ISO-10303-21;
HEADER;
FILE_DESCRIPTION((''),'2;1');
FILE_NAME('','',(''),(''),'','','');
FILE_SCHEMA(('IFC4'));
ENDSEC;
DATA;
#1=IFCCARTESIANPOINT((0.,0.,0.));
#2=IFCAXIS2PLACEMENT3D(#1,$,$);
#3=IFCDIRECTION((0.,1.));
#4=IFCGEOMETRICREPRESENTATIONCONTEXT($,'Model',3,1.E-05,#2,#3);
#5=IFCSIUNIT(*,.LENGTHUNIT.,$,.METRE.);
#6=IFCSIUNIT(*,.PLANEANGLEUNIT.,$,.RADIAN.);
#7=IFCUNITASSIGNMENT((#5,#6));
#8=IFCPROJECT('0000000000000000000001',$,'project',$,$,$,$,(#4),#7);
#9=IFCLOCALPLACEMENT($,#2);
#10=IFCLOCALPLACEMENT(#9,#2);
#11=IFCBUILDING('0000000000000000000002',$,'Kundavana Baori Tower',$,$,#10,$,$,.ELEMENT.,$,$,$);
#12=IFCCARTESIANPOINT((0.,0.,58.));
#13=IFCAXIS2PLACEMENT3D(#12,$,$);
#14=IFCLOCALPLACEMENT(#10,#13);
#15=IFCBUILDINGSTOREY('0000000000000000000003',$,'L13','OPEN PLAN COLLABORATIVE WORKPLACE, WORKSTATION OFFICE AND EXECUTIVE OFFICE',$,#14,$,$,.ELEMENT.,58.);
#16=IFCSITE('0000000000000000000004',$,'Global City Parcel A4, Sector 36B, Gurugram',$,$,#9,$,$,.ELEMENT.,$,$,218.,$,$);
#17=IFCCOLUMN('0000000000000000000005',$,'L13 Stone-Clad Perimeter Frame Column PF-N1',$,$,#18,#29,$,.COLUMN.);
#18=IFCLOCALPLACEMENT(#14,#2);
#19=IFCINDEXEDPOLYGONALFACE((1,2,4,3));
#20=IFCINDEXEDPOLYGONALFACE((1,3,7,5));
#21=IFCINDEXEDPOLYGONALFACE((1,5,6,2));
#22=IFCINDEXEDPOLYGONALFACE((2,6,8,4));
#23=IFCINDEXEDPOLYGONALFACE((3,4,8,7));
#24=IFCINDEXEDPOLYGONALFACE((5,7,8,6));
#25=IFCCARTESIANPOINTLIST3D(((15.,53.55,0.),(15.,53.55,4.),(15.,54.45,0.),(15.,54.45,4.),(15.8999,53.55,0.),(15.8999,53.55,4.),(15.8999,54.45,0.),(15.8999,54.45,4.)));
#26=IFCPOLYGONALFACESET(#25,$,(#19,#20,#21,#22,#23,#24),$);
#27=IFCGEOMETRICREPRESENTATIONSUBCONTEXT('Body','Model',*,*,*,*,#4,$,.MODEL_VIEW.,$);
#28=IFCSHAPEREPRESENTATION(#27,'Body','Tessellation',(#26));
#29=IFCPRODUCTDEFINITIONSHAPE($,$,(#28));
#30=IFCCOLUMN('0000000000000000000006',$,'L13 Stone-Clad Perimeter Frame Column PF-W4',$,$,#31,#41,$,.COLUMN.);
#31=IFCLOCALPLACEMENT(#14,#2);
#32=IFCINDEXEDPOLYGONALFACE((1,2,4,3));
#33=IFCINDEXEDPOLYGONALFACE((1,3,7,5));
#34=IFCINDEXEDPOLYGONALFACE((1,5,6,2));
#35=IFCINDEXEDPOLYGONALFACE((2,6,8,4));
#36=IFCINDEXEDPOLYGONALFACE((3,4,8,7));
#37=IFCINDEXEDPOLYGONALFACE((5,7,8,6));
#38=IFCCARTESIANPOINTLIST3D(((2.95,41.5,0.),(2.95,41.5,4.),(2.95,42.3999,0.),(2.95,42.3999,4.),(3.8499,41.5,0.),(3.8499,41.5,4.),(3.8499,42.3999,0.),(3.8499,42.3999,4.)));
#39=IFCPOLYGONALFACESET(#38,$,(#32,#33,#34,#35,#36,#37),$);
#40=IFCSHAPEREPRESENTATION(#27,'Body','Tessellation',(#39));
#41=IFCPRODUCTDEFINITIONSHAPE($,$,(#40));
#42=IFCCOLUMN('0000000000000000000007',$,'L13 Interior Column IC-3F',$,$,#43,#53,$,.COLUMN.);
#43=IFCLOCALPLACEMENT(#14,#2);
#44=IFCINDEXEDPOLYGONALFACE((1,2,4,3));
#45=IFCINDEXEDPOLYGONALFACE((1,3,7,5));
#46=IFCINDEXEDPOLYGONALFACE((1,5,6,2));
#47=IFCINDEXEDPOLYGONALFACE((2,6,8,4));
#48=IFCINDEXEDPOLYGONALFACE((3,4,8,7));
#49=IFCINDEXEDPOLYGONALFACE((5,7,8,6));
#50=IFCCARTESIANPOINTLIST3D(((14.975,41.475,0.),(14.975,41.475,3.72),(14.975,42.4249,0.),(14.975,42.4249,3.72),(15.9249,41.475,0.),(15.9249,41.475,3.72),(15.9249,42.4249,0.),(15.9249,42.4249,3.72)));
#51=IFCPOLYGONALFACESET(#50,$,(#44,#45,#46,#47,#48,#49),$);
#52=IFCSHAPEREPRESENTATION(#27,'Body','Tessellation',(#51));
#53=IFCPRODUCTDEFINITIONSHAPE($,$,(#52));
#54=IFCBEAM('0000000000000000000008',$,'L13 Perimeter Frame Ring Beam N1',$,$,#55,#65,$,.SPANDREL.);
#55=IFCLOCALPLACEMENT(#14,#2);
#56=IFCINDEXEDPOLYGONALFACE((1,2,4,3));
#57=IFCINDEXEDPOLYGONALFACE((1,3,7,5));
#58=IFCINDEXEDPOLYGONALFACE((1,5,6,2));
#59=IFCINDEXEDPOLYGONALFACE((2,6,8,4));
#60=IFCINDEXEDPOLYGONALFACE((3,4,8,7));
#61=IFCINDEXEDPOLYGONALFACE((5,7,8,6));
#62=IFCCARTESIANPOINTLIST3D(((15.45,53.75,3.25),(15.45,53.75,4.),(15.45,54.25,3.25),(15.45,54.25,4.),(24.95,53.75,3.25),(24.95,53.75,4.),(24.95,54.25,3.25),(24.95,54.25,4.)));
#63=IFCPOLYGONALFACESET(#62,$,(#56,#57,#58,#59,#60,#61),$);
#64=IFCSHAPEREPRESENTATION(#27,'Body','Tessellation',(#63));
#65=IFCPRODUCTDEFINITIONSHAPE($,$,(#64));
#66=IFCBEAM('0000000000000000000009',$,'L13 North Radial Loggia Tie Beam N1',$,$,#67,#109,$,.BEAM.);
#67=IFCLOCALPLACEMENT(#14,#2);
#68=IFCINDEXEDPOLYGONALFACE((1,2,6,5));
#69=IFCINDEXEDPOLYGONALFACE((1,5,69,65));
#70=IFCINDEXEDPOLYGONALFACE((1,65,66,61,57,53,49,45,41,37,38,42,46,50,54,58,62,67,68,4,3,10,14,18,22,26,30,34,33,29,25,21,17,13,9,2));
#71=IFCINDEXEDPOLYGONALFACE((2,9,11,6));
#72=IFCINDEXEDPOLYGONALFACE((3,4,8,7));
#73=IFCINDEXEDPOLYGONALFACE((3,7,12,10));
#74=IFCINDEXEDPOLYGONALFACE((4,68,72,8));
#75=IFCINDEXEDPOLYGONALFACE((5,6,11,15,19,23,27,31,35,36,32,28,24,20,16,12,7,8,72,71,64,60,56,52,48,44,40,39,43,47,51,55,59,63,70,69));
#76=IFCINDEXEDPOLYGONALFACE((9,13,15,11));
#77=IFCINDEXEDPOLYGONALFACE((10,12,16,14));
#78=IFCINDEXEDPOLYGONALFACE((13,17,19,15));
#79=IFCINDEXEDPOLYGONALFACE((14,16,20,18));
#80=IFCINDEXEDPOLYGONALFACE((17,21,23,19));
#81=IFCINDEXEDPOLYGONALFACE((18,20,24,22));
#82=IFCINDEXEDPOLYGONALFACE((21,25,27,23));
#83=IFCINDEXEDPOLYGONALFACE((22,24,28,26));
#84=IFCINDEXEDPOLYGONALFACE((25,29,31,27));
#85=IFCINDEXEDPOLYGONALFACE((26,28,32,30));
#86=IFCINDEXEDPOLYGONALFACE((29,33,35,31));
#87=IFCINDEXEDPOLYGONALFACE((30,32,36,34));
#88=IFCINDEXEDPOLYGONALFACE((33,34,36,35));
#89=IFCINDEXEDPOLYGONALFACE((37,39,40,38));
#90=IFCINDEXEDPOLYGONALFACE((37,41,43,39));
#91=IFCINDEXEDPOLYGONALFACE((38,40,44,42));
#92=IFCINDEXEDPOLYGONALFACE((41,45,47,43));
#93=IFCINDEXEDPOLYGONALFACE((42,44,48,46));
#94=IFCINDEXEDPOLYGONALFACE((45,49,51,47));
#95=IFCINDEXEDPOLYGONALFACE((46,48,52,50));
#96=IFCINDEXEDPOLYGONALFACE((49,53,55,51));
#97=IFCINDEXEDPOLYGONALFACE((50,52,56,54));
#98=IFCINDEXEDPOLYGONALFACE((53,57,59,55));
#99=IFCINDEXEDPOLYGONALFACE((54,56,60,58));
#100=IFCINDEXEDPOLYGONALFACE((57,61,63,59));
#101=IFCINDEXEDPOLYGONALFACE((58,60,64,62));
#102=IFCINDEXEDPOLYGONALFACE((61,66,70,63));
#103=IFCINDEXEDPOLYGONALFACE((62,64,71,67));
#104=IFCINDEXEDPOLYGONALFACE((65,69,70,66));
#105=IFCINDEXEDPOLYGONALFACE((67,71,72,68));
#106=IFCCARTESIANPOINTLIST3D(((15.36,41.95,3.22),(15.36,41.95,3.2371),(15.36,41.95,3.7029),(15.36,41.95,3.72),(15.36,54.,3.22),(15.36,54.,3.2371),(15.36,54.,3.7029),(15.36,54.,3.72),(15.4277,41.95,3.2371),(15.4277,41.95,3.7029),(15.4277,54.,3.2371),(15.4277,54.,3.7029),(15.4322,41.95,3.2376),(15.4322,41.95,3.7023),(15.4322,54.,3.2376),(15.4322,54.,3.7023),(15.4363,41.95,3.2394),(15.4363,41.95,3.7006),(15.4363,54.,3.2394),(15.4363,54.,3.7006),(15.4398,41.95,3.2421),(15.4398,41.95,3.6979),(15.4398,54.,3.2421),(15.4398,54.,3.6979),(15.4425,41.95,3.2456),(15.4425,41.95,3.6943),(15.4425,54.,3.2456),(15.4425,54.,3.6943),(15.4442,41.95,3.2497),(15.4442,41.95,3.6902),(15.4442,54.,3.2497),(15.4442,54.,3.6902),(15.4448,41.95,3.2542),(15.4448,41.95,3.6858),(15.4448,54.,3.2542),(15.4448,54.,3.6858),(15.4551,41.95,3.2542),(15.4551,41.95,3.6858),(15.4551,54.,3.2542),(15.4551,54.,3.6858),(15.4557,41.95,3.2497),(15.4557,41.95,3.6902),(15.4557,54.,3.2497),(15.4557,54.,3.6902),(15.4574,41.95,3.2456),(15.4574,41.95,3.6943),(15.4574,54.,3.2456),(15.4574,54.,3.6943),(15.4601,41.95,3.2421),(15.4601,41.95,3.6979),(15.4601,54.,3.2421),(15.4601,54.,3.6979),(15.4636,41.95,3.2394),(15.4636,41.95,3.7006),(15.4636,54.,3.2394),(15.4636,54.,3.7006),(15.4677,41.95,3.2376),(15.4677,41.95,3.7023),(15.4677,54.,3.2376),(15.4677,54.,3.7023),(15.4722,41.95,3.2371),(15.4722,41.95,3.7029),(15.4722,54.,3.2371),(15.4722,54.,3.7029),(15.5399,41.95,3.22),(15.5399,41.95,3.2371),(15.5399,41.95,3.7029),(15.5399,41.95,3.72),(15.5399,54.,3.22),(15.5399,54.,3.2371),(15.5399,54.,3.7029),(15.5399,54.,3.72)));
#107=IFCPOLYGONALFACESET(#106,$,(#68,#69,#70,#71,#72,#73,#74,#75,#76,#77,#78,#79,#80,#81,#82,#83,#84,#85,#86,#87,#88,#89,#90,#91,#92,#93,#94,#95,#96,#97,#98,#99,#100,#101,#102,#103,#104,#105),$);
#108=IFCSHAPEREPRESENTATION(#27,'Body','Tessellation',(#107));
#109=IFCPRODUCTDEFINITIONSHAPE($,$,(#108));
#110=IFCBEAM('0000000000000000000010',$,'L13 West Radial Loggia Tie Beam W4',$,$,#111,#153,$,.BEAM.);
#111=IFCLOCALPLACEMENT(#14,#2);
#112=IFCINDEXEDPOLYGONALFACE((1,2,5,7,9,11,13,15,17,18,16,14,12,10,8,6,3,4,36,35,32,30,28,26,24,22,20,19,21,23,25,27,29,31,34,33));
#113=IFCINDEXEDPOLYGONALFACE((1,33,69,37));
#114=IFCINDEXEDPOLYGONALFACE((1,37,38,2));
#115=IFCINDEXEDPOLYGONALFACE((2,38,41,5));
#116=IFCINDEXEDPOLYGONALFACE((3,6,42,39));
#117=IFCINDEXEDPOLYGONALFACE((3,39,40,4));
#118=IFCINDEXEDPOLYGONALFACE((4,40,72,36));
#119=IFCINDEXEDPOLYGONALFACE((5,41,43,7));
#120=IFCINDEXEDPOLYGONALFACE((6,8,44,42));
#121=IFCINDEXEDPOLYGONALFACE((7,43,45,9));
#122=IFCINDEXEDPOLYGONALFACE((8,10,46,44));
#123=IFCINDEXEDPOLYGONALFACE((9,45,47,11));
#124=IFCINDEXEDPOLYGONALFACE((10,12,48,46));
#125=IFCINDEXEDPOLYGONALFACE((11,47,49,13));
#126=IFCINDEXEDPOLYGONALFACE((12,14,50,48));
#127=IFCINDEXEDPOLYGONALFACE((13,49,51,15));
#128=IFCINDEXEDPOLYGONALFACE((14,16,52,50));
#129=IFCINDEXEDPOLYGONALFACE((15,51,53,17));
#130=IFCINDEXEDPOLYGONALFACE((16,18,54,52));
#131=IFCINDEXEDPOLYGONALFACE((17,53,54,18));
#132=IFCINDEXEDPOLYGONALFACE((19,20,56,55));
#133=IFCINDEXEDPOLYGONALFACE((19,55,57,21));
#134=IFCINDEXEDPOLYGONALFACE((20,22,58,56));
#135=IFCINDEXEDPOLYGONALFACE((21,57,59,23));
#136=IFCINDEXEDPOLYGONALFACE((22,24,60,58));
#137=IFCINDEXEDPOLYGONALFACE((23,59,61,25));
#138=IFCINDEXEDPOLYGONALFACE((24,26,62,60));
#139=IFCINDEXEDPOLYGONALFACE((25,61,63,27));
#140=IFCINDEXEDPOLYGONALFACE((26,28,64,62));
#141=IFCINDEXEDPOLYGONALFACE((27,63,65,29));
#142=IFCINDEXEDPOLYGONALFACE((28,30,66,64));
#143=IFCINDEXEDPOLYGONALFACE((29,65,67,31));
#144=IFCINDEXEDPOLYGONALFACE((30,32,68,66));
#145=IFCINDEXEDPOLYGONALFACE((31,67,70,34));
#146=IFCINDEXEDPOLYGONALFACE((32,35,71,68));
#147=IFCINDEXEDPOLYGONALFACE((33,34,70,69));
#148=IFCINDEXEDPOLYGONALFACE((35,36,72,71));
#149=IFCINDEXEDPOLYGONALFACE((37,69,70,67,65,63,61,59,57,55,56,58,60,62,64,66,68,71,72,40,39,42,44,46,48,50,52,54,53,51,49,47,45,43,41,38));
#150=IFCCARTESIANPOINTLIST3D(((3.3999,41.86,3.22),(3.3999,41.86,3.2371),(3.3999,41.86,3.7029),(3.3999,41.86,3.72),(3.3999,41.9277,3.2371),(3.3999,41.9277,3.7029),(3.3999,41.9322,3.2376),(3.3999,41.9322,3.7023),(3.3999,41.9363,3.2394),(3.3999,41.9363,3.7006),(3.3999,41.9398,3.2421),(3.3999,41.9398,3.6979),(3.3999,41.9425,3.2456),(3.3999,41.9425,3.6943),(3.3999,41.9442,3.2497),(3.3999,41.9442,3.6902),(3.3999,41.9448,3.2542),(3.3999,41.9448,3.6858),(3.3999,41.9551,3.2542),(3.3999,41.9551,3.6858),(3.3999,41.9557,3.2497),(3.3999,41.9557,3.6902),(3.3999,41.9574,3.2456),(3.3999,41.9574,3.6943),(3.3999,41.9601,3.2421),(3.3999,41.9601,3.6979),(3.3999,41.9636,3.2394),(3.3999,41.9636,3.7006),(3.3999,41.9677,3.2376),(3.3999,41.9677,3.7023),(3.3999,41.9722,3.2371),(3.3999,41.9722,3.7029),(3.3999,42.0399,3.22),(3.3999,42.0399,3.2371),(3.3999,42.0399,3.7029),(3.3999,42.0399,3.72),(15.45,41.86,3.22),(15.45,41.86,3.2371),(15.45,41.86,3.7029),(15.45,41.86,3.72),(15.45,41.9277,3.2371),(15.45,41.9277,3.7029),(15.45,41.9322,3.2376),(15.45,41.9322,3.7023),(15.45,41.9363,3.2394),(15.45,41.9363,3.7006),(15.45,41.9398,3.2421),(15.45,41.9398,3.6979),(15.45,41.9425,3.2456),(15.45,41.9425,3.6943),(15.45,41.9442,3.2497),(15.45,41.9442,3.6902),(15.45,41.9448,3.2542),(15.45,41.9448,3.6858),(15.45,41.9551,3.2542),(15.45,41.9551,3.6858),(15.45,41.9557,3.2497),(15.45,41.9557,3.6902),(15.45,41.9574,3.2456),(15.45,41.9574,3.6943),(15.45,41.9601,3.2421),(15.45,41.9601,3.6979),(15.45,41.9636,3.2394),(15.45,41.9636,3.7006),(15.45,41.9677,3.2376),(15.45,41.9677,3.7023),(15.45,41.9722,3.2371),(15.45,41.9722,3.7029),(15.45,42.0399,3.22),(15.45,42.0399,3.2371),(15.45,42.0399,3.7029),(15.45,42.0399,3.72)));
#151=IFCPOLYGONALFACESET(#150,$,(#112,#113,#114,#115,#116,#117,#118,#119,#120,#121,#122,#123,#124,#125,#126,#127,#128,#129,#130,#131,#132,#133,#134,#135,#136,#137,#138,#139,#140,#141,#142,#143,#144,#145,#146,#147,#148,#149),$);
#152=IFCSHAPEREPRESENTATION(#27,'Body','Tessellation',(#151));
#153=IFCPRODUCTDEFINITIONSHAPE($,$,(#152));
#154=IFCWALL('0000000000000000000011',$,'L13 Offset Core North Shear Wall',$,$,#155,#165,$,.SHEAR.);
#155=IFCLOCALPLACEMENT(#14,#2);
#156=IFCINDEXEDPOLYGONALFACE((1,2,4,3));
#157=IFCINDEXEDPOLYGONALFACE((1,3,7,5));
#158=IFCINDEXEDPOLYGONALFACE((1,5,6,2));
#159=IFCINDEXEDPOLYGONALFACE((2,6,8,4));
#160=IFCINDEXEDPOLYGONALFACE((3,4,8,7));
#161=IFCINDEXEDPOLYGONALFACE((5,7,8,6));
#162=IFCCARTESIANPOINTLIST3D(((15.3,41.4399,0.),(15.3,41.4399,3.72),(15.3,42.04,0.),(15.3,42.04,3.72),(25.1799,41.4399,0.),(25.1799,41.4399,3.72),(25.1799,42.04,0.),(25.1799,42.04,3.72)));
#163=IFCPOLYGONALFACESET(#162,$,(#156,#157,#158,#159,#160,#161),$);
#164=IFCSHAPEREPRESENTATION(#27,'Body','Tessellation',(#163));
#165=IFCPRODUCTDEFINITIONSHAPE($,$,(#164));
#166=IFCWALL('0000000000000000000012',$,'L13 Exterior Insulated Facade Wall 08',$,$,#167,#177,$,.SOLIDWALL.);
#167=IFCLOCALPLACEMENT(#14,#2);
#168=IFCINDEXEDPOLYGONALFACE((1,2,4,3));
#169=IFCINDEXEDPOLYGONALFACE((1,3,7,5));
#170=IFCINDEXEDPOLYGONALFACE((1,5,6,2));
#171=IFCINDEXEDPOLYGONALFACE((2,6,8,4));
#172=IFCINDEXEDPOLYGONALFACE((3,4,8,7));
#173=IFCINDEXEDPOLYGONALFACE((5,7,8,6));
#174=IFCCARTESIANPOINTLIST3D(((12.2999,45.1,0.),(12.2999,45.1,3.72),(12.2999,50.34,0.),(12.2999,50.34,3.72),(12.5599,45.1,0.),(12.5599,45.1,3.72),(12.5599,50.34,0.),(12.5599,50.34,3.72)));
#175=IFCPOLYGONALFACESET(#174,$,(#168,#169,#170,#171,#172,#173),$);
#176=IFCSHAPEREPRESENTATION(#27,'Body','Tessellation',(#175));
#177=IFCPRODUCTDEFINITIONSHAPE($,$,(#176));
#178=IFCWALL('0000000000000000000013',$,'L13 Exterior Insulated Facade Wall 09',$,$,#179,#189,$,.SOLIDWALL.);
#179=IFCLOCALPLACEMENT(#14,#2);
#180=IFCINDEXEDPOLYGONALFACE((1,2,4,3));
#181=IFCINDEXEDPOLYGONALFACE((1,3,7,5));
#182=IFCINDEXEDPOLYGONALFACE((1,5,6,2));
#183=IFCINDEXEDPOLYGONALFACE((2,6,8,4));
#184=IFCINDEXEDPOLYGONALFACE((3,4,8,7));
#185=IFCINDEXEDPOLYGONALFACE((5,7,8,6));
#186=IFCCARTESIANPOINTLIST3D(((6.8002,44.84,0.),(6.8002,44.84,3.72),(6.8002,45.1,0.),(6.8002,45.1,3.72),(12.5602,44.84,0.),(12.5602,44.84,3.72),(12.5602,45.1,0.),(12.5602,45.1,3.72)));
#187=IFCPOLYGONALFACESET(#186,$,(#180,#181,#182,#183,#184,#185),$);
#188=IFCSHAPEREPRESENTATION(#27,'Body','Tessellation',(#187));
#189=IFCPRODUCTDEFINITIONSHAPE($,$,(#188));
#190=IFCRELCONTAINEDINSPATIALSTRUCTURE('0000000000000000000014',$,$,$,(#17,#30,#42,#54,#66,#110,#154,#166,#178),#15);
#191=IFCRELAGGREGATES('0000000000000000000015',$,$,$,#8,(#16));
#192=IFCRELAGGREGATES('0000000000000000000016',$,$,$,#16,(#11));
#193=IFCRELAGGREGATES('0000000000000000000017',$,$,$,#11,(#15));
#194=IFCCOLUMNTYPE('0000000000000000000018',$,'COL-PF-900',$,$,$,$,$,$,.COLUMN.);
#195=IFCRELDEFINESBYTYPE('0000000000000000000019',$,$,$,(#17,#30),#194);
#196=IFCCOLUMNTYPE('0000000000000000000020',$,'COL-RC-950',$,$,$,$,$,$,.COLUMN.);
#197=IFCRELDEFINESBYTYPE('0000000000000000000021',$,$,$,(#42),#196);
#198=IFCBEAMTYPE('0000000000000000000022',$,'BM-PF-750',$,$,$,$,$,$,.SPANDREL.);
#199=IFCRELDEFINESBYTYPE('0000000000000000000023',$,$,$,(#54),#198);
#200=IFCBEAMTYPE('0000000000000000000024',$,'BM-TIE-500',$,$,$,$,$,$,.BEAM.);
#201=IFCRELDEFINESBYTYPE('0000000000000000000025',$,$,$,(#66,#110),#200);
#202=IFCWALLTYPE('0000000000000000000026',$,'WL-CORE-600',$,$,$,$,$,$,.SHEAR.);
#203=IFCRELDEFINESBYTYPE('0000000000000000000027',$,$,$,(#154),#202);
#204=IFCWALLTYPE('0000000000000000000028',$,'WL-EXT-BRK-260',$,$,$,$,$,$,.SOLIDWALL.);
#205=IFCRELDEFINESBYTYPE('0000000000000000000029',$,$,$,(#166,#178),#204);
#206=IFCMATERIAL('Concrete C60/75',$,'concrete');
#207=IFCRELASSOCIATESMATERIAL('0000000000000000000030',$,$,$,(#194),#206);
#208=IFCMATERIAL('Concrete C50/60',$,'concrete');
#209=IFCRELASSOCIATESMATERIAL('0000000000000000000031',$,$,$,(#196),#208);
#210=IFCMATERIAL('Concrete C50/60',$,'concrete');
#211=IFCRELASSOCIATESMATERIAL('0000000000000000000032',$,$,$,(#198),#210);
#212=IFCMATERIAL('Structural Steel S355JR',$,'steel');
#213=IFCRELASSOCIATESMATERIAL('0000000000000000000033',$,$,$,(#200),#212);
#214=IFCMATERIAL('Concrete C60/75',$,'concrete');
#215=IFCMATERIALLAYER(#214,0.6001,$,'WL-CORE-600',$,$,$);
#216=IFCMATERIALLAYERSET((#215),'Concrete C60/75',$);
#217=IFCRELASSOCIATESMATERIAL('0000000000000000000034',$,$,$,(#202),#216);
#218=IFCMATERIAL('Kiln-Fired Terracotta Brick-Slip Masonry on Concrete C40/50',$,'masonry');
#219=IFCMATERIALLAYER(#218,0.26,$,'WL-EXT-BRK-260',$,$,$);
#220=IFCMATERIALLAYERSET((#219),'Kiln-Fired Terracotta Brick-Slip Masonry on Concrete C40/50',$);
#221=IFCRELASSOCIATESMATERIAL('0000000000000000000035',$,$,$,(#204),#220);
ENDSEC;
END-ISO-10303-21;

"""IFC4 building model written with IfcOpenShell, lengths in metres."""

from ifc_helpers import new_model, si_unit, direction, frame, frame_2d, origin, origin_2d, place, context, subcontext, project, spatial, rectangle, i_section, extrude, material, layer, layer_set, material_profile, profile_set, type_object, element, save


model = new_model("IFC4")

# Units and contexts
model_context = context("Model", 3, precision=1e-05, world=origin(), true_north=direction((0.0, 1.0)))
body_context = subcontext(model_context, "Body", "Model", "MODEL_VIEW")
ifc_project = project(units=[si_unit("LENGTHUNIT", "METRE"), si_unit("PLANEANGLEUNIT", "RADIAN")], contexts=[model_context])

# Site, building, storey
site_placement = place(None, origin())
site = spatial("IfcSite", under=ifc_project, at=site_placement, Name="Global City Parcel A4, Sector 36B, Gurugram", CompositionType="ELEMENT", RefElevation=218.0)
building_placement = place(site_placement, origin())
building = spatial("IfcBuilding", under=site, at=building_placement, Name="Kundavana Baori Tower", CompositionType="ELEMENT")
storey_placement = place(building_placement, frame((0.0, 0.0, 58.0)))
storey = spatial("IfcBuildingStorey", under=building, at=storey_placement, Name="L13", Description="OPEN PLAN COLLABORATIVE WORKPLACE, WORKSTATION OFFICE AND EXECUTIVE OFFICE", CompositionType="ELEMENT", Elevation=58.0)

# Columns
ifc_material_1 = material(Name="Concrete C60/75", Category="concrete")
ifc_material_profile_1 = material_profile(ifc_material_1, rectangle(XDim=0.8999, YDim=0.8999, at=origin_2d()), Name="RC PF 900x900")
ifc_profile_set_1 = profile_set([ifc_material_profile_1], Name="Concrete C60/75")
column_type_1 = type_object("IfcColumnType", Name="COL-PF-900", PredefinedType="COLUMN", material=ifc_profile_set_1)
for number, where, z_axis, x_axis, name in (
    (1, (15.45, 54.0, 0.0), (0.0, 0.0, 1.0), (1.0, 0.0, 0.0), "L13 Stone-Clad Perimeter Frame Column PF-N1"),
    (2, (3.3999, 41.95, 0.0), (0.0, 0.0, 1.0), (1.0, 0.0, 0.0), "L13 Stone-Clad Perimeter Frame Column PF-W4"),
):
    element("IfcColumn", number, at=place(storey_placement, frame(where, z_axis=z_axis, x_axis=x_axis)), inside=storey, type_object=column_type_1, Name=name, PredefinedType="COLUMN", context=body_context, shape_type="SweptSolid", body=[
        extrude(rectangle(XDim=0.8999, YDim=0.8999, at=origin_2d()), origin(), (0.0, 0.0, 1.0), 4.0),
    ])
ifc_material_2 = material(Name="Concrete C50/60", Category="concrete")
ifc_material_profile_2 = material_profile(ifc_material_2, rectangle(XDim=0.95, YDim=0.95, at=origin_2d()), Name="RC 950x950")
ifc_profile_set_2 = profile_set([ifc_material_profile_2], Name="Concrete C50/60")
column_type_2 = type_object("IfcColumnType", Name="COL-RC-950", PredefinedType="COLUMN", material=ifc_profile_set_2)
column_placement = place(storey_placement, frame((15.45, 41.95, 0.0), z_axis=(0.0, 0.0, 1.0), x_axis=(1.0, 0.0, 0.0)))
element("IfcColumn", 3, at=column_placement, inside=storey, type_object=column_type_2, Name="L13 Interior Column IC-3F", PredefinedType="COLUMN", context=body_context, shape_type="SweptSolid", body=[
    extrude(rectangle(XDim=0.95, YDim=0.95, at=origin_2d()), origin(), (0.0, 0.0, 1.0), 3.72),
])

# Beams
ifc_material_3 = material(Name="Concrete C50/60", Category="concrete")
ifc_material_profile_3 = material_profile(ifc_material_3, rectangle(XDim=0.5, YDim=0.75, at=origin_2d()), Name="RC BM 500x750")
ifc_profile_set_3 = profile_set([ifc_material_profile_3], Name="Concrete C50/60")
beam_type_1 = type_object("IfcBeamType", Name="BM-PF-750", PredefinedType="SPANDREL", material=ifc_profile_set_3)
beam_placement = place(storey_placement, frame((15.45, 54.0, 3.625), z_axis=(1.0, 0.0, 0.0), x_axis=(0.0, 1.0, 0.0)))
element("IfcBeam", 4, at=beam_placement, inside=storey, type_object=beam_type_1, Name="L13 Perimeter Frame Ring Beam N1", PredefinedType="SPANDREL", context=body_context, shape_type="SweptSolid", body=[
    extrude(rectangle(XDim=0.5, YDim=0.75, at=origin_2d()), origin(), (0.0, 0.0, 1.0), 9.5),
])
ifc_material_4 = material(Name="Structural Steel S355JR", Category="steel")
ifc_material_profile_4 = material_profile(ifc_material_4, i_section(OverallWidth=0.1799, OverallDepth=0.5, WebThickness=0.0103, FlangeThickness=0.0171, FilletRadius=0.0171, at=origin_2d()), Name="ISMB 500")
ifc_profile_set_4 = profile_set([ifc_material_profile_4], Name="Structural Steel S355JR")
beam_type_2 = type_object("IfcBeamType", Name="BM-TIE-500", PredefinedType="BEAM", material=ifc_profile_set_4)
for number, where, z_axis, x_axis, name in (
    (5, (15.45, 41.95, 3.47), (0.0, 1.0, 0.0), (-1.0, 0.0, 0.0), "L13 North Radial Loggia Tie Beam N1"),
    (6, (15.45, 41.95, 3.47), (-1.0, 0.0, 0.0), (0.0, -1.0, 0.0), "L13 West Radial Loggia Tie Beam W4"),
):
    element("IfcBeam", number, at=place(storey_placement, frame(where, z_axis=z_axis, x_axis=x_axis)), inside=storey, type_object=beam_type_2, Name=name, PredefinedType="BEAM", context=body_context, shape_type="SweptSolid", body=[
        extrude(i_section(OverallWidth=0.1799, OverallDepth=0.5, WebThickness=0.0103, FlangeThickness=0.0171, FilletRadius=0.0171, at=origin_2d()), origin(), (0.0, 0.0, 1.0), 12.05),
    ])

# Walls
ifc_material_5 = material(Name="Concrete C60/75", Category="concrete")
ifc_layer_1 = layer(ifc_material_5, 0.6001, Name="WL-CORE-600")
ifc_layer_set_1 = layer_set([ifc_layer_1], Name="Concrete C60/75")
wall_type_1 = type_object("IfcWallType", Name="WL-CORE-600", PredefinedType="SHEAR", material=ifc_layer_set_1)
wall_1_placement = place(storey_placement, frame((15.3, 41.74, 0.0), z_axis=(0.0, 0.0, 1.0), x_axis=(1.0, 0.0, 0.0)))
element("IfcWall", 7, at=wall_1_placement, inside=storey, type_object=wall_type_1, Name="L13 Offset Core North Shear Wall", PredefinedType="SHEAR", context=body_context, shape_type="SweptSolid", body=[
    extrude(rectangle(XDim=9.8799, YDim=0.6001, at=frame_2d((4.9399, 0.0))), origin(), (0.0, 0.0, 1.0), 3.72),
])
ifc_material_6 = material(Name="Kiln-Fired Terracotta Brick-Slip Masonry on Concrete C40/50", Category="masonry")
ifc_layer_2 = layer(ifc_material_6, 0.26, Name="WL-EXT-BRK-260")
ifc_layer_set_2 = layer_set([ifc_layer_2], Name="Kiln-Fired Terracotta Brick-Slip Masonry on Concrete C40/50")
wall_type_2 = type_object("IfcWallType", Name="WL-EXT-BRK-260", PredefinedType="SOLIDWALL", material=ifc_layer_set_2)
wall_2_placement = place(storey_placement, frame((12.4299, 50.3401, 0.0), z_axis=(0.0, 0.0, 1.0), x_axis=(0.0, -1.0, 0.0)))
element("IfcWall", 8, at=wall_2_placement, inside=storey, type_object=wall_type_2, Name="L13 Exterior Insulated Facade Wall 08", PredefinedType="SOLIDWALL", context=body_context, shape_type="SweptSolid", body=[
    extrude(rectangle(XDim=5.24, YDim=0.26, at=frame_2d((2.6201, 0.0))), origin(), (0.0, 0.0, 1.0), 3.72),
])
wall_3_placement = place(storey_placement, frame((12.5601, 44.97, 0.0), z_axis=(0.0, 0.0, 1.0), x_axis=(-1.0, 0.0, 0.0)))
element("IfcWall", 9, at=wall_3_placement, inside=storey, type_object=wall_type_2, Name="L13 Exterior Insulated Facade Wall 09", PredefinedType="SOLIDWALL", context=body_context, shape_type="SweptSolid", body=[
    extrude(rectangle(XDim=5.76, YDim=0.26, at=frame_2d((2.8799, 0.0))), origin(), (0.0, 0.0, 1.0), 3.72),
])

save(model, "model.ifc")
